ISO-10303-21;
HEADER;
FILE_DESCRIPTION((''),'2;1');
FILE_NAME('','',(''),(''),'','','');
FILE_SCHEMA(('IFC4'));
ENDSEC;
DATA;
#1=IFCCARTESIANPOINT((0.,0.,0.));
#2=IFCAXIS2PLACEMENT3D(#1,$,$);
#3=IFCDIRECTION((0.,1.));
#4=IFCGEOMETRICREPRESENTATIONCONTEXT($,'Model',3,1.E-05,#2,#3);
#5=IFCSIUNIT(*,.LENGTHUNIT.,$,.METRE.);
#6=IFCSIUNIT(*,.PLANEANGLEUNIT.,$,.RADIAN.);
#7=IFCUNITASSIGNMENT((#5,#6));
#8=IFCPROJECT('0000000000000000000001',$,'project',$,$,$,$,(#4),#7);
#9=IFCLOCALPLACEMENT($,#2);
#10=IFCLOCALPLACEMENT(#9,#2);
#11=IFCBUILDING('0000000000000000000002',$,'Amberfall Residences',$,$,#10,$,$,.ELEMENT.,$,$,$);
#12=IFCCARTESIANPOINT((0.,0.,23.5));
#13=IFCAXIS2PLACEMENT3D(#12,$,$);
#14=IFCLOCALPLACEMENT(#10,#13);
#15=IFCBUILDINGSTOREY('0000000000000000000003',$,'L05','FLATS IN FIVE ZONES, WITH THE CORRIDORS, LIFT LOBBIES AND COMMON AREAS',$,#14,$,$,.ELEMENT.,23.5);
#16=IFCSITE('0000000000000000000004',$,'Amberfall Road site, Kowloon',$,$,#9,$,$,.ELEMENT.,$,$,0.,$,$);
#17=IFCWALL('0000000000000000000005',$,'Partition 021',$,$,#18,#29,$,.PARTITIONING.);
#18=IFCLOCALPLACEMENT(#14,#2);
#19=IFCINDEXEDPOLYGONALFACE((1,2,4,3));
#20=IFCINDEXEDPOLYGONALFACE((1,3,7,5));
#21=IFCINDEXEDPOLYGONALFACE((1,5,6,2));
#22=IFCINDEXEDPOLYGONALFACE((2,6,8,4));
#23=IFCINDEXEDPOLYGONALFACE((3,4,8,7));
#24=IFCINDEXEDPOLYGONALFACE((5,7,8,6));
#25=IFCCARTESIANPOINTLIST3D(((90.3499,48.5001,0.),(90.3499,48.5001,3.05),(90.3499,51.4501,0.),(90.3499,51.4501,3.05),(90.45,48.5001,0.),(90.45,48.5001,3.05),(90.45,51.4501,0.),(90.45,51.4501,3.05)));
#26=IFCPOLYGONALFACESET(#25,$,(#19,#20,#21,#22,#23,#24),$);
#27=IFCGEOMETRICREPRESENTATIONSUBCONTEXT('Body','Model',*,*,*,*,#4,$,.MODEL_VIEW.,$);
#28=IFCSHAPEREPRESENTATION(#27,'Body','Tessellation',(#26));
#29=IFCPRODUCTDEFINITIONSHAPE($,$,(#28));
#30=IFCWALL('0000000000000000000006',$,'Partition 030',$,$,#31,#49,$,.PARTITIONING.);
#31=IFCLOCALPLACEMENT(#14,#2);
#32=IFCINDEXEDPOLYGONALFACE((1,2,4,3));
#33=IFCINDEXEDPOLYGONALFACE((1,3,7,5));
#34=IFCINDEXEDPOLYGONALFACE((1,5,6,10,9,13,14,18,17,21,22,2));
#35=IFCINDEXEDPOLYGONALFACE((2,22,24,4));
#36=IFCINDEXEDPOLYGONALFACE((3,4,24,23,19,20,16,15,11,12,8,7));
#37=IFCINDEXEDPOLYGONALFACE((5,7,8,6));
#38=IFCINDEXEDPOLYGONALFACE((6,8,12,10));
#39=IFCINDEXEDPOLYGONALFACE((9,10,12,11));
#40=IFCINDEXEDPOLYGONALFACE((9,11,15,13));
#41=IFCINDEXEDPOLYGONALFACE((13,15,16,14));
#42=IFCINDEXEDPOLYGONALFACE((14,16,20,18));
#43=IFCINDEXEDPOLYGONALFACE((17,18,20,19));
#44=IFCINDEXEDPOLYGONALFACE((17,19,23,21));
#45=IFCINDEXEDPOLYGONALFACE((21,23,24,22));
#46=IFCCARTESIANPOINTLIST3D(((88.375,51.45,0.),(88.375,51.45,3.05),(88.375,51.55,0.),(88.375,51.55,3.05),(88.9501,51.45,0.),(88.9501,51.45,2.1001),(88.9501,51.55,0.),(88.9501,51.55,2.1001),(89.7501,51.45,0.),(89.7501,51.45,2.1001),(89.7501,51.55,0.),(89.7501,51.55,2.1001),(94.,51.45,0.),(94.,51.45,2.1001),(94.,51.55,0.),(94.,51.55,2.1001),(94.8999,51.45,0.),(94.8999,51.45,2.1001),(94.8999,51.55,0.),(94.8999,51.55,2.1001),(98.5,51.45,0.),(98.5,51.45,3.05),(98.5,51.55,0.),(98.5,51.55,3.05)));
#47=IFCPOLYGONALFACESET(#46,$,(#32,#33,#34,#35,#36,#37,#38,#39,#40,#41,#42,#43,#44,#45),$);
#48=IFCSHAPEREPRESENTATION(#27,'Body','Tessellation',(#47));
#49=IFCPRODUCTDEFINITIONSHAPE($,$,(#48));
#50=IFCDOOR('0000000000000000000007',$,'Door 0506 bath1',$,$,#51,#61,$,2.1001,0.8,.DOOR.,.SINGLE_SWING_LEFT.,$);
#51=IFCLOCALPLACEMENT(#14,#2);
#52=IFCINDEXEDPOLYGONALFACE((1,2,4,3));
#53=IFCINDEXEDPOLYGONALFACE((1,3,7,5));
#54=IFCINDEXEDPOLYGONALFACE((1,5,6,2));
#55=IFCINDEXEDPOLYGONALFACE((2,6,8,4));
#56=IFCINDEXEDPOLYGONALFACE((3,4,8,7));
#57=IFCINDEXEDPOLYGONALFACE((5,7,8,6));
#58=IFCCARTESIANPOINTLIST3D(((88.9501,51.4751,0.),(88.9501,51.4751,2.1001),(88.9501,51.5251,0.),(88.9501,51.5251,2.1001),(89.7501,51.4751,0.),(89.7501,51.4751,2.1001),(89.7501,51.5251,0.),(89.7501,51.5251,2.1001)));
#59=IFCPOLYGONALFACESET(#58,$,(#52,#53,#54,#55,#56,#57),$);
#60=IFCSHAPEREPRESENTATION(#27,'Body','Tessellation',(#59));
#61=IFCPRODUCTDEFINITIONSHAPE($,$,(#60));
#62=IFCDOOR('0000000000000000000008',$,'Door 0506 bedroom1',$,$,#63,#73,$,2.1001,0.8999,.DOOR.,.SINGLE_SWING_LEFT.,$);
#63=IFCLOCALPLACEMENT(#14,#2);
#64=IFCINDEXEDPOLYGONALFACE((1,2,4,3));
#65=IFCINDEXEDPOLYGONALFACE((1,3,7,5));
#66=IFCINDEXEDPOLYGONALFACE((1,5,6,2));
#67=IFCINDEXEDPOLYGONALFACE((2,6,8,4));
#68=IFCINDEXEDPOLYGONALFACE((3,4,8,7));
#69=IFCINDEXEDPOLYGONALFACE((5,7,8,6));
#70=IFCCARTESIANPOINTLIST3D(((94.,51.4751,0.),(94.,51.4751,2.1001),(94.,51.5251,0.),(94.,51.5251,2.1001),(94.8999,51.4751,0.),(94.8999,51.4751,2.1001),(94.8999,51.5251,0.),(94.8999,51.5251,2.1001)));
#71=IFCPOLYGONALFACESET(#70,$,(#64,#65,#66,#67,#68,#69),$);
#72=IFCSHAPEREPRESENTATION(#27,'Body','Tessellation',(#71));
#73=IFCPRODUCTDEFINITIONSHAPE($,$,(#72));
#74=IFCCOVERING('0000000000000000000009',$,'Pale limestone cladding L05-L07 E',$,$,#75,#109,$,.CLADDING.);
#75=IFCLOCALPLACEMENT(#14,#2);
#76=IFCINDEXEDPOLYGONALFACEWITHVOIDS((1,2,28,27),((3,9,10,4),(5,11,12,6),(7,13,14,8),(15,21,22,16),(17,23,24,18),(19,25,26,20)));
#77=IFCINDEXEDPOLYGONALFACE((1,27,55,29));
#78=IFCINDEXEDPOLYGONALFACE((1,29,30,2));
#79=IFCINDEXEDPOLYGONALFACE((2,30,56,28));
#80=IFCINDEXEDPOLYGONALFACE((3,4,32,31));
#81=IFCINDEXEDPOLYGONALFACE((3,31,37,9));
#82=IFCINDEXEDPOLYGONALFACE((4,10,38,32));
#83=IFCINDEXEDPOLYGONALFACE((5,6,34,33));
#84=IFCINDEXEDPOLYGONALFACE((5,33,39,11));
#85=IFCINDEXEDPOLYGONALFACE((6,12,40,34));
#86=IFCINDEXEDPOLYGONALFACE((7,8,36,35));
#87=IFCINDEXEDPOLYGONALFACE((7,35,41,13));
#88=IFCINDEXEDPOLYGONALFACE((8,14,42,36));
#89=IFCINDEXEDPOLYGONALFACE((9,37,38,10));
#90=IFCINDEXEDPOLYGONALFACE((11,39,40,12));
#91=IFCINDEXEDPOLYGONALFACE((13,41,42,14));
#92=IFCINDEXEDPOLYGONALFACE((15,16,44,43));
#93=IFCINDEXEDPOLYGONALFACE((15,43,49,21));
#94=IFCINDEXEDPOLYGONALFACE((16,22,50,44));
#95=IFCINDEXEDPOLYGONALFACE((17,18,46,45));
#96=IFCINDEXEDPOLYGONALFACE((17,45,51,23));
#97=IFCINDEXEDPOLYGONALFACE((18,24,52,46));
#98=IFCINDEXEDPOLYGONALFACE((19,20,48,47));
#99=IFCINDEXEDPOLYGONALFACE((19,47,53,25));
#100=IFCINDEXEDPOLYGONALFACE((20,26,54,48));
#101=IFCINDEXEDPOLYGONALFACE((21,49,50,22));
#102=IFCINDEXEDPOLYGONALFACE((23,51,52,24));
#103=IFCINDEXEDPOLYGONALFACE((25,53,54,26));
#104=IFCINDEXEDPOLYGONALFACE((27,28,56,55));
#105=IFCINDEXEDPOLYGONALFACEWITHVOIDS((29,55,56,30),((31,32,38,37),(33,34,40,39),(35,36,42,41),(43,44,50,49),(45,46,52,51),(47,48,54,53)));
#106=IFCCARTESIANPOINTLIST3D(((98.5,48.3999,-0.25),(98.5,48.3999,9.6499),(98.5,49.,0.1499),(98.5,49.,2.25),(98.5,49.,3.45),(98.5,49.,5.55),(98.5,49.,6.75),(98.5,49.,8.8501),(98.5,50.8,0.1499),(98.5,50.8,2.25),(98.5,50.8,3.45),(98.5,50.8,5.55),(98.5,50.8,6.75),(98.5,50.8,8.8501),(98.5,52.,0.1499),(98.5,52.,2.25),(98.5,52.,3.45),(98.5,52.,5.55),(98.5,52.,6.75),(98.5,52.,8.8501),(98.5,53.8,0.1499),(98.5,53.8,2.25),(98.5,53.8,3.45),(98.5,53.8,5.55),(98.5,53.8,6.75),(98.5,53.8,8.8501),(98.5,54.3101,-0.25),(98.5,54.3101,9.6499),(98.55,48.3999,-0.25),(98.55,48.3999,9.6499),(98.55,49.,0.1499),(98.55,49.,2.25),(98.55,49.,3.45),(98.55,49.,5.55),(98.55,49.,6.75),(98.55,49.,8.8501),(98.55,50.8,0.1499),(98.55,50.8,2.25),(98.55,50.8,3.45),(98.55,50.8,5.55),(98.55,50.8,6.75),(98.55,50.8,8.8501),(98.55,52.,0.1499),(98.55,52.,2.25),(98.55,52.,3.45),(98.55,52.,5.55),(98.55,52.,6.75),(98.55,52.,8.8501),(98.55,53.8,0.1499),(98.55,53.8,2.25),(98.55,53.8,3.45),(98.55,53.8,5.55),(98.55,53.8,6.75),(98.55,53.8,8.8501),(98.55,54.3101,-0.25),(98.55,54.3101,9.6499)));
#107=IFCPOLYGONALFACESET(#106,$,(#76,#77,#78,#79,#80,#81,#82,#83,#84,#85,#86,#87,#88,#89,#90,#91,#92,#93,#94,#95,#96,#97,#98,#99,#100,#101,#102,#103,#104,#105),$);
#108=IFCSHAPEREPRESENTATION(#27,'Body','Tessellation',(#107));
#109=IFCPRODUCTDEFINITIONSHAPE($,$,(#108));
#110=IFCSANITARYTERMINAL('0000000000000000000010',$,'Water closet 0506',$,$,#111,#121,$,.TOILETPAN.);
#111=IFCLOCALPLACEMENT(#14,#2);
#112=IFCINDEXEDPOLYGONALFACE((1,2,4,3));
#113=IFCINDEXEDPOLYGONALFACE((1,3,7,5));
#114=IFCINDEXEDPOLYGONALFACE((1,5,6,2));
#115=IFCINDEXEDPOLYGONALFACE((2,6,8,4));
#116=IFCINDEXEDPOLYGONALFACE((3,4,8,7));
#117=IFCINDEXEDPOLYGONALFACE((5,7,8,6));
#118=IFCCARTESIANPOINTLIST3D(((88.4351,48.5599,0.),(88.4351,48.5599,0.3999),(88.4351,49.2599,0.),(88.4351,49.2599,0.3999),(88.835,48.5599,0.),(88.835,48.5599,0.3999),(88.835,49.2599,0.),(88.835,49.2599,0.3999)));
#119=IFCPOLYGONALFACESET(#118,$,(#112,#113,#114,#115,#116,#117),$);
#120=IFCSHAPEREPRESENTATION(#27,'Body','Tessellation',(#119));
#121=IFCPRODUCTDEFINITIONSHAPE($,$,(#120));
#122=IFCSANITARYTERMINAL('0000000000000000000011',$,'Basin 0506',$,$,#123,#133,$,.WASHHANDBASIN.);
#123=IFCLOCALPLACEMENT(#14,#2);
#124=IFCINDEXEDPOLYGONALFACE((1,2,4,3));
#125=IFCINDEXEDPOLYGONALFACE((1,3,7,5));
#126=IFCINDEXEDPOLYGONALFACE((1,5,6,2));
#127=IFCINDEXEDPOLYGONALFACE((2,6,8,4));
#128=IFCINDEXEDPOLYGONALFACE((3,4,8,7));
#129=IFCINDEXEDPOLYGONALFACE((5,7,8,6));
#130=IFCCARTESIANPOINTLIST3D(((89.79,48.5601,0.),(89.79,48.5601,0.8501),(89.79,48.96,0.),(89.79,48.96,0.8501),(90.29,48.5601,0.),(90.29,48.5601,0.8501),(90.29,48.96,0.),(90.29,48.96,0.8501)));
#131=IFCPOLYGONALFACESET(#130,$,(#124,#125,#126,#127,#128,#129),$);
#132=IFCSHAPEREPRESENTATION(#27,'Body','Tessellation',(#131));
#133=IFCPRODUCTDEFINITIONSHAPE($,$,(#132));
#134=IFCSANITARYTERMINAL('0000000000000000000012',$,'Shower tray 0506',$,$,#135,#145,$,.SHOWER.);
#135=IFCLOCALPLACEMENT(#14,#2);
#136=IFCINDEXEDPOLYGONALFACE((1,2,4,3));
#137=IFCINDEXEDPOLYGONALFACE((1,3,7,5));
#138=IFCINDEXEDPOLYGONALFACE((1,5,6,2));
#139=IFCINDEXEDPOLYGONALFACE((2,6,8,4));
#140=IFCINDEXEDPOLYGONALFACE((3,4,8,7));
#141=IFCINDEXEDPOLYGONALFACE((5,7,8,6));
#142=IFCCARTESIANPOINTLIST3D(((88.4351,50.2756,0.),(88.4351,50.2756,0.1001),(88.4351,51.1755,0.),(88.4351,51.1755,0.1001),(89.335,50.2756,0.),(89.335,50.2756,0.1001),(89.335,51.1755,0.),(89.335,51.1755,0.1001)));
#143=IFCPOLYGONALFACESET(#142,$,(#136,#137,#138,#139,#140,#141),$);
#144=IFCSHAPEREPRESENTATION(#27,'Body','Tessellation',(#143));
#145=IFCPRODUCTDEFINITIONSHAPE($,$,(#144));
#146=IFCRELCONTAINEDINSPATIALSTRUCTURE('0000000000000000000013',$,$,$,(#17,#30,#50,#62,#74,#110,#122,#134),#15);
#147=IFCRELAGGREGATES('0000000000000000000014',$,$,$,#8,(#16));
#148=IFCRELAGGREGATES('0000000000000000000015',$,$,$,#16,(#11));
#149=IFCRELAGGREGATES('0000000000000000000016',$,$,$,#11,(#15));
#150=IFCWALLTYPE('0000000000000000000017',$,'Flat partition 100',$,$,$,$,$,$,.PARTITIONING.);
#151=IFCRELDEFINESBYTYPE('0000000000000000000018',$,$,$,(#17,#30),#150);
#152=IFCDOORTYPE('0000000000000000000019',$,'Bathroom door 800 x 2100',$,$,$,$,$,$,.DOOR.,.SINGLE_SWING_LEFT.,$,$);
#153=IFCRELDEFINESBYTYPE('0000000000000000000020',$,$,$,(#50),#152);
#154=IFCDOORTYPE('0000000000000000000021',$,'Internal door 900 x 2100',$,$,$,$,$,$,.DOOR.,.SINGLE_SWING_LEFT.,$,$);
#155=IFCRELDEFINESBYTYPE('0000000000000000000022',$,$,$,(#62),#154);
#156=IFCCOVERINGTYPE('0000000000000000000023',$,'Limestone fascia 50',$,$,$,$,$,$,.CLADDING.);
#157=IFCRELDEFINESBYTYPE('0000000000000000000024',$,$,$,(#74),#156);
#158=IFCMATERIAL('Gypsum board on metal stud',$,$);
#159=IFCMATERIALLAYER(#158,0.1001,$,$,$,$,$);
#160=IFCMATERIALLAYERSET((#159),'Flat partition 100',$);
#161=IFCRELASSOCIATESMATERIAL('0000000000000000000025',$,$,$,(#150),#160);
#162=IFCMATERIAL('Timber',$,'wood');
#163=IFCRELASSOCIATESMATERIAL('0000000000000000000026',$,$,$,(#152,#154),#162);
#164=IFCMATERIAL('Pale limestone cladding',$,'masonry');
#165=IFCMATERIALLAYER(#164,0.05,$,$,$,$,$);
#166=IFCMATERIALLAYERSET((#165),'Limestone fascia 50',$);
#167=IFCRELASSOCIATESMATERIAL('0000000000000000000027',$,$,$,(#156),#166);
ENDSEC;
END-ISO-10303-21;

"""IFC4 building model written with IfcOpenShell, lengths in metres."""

from ifc_helpers import new_model, si_unit, direction, frame, frame_2d, origin, origin_2d, place, context, subcontext, project, spatial, polyline, rectangle, outline, extrude, material, layer, layer_set, type_object, element, fill, save


model = new_model("IFC4")

# Units and contexts
model_context = context("Model", 3, precision=1e-05, world=origin(), true_north=direction((0.0, 1.0)))
body_context = subcontext(model_context, "Body", "Model", "MODEL_VIEW")
ifc_project = project(units=[si_unit("LENGTHUNIT", "METRE"), si_unit("PLANEANGLEUNIT", "RADIAN")], contexts=[model_context])

# Site, building, storey
site_placement = place(None, origin())
site = spatial("IfcSite", under=ifc_project, at=site_placement, Name="Amberfall Road site, Kowloon", CompositionType="ELEMENT", RefElevation=0.0)
building_placement = place(site_placement, origin())
building = spatial("IfcBuilding", under=site, at=building_placement, Name="Amberfall Residences", CompositionType="ELEMENT")
storey_placement = place(building_placement, frame((0.0, 0.0, 23.5)))
storey = spatial("IfcBuildingStorey", under=building, at=storey_placement, Name="L05", Description="FLATS IN FIVE ZONES, WITH THE CORRIDORS, LIFT LOBBIES AND COMMON AREAS", CompositionType="ELEMENT", Elevation=23.5)

# Wall
ifc_material_1 = material(Name="Gypsum board on metal stud")
ifc_layer_1 = layer(ifc_material_1, 0.1001)
ifc_layer_set_1 = layer_set([ifc_layer_1], Name="Flat partition 100")
wall_type_1 = type_object("IfcWallType", Name="Flat partition 100", PredefinedType="PARTITIONING", material=ifc_layer_set_1)
wall_1_placement = place(storey_placement, frame((90.3999, 48.5, 0.0), z_axis=(0.0, 0.0, 1.0), x_axis=(0.0, 1.0, 0.0)))
element("IfcWall", 1, at=wall_1_placement, inside=storey, type_object=wall_type_1, Name="Partition 021", PredefinedType="PARTITIONING", context=body_context, shape_type="SweptSolid", body=[
    extrude(rectangle(XDim=2.95, YDim=0.1001, at=frame_2d((1.4751, 0.0))), origin(), (0.0, 0.0, 1.0), 3.05),
])

# Wall, openings, doors
wall_2_placement = place(storey_placement, frame((98.5, 51.5, 0.0), z_axis=(0.0, 0.0, 1.0), x_axis=(-1.0, 0.0, 0.0)))
wall_2 = element("IfcWall", 2, at=wall_2_placement, inside=storey, type_object=wall_type_1, Name="Partition 030", PredefinedType="PARTITIONING", context=body_context, shape_type="SweptSolid", body=[
    extrude(rectangle(XDim=10.125, YDim=0.1001, at=frame_2d((5.0625, 0.0))), origin(), (0.0, 0.0, 1.0), 3.05),
])
opening_1_placement = place(wall_2_placement, frame((3.6001, 0.0, 0.0)))
opening_1 = element("IfcOpeningElement", 3, at=opening_1_placement, cuts=wall_2, PredefinedType="OPENING", context=body_context, shape_type="SweptSolid", body=[
    extrude(rectangle(XDim=0.8999, YDim=2.1001, at=frame_2d((0.45, 1.05))), frame((0.0, 0.0601, 0.0), z_axis=(0.0, -1.0, 0.0), x_axis=(1.0, 0.0, 0.0)), (0.0, 0.0, 1.0), 0.1201),
])
opening_2_placement = place(wall_2_placement, frame((8.75, 0.0, 0.0)))
opening_2 = element("IfcOpeningElement", 4, at=opening_2_placement, cuts=wall_2, PredefinedType="OPENING", context=body_context, shape_type="SweptSolid", body=[
    extrude(rectangle(XDim=0.8, YDim=2.1001, at=frame_2d((0.3999, 1.05))), frame((0.0, 0.0601, 0.0), z_axis=(0.0, -1.0, 0.0), x_axis=(1.0, 0.0, 0.0)), (0.0, 0.0, 1.0), 0.1201),
])
ifc_material_2 = material(Name="Timber", Category="wood")
door_type_1 = type_object("IfcDoorType", Name="Bathroom door 800 x 2100", OperationType="SINGLE_SWING_LEFT", PredefinedType="DOOR", material=ifc_material_2)
door_1_placement = place(opening_2_placement, origin())
door_1 = element("IfcDoor", 5, at=door_1_placement, inside=storey, type_object=door_type_1, Name="Door 0506 bath1", OperationType="SINGLE_SWING_LEFT", OverallHeight=2.1001, OverallWidth=0.8, PredefinedType="DOOR", context=body_context, shape_type="SweptSolid", body=[
    extrude(rectangle(XDim=0.8, YDim=2.1001, at=frame_2d((0.3999, 1.05))), frame((0.0, 0.0249, 0.0), z_axis=(0.0, -1.0, 0.0), x_axis=(1.0, 0.0, 0.0)), (0.0, 0.0, 1.0), 0.05),
])
fill(opening_2, door_1)
door_type_2 = type_object("IfcDoorType", Name="Internal door 900 x 2100", OperationType="SINGLE_SWING_LEFT", PredefinedType="DOOR", material=ifc_material_2)
door_2_placement = place(opening_1_placement, origin())
door_2 = element("IfcDoor", 6, at=door_2_placement, inside=storey, type_object=door_type_2, Name="Door 0506 bedroom1", OperationType="SINGLE_SWING_LEFT", OverallHeight=2.1001, OverallWidth=0.8999, PredefinedType="DOOR", context=body_context, shape_type="SweptSolid", body=[
    extrude(rectangle(XDim=0.8999, YDim=2.1001, at=frame_2d((0.45, 1.05))), frame((0.0, 0.0249, 0.0), z_axis=(0.0, -1.0, 0.0), x_axis=(1.0, 0.0, 0.0)), (0.0, 0.0, 1.0), 0.05),
])
fill(opening_1, door_2)

# Covering
ifc_material_3 = material(Name="Pale limestone cladding", Category="masonry")
ifc_layer_2 = layer(ifc_material_3, 0.05)
ifc_layer_set_2 = layer_set([ifc_layer_2], Name="Limestone fascia 50")
covering_type = type_object("IfcCoveringType", Name="Limestone fascia 50", PredefinedType="CLADDING", material=ifc_layer_set_2)
covering_placement = place(storey_placement, frame((98.5, 48.3999, 9.6499), z_axis=(-1.0, 0.0, 0.0), x_axis=(0.0, 1.0, 0.0)))
element("IfcCovering", 7, at=covering_placement, inside=storey, type_object=covering_type, Name="Pale limestone cladding L05-L07 E", PredefinedType="CLADDING", context=body_context, shape_type="SweptSolid", body=[
    extrude(outline(polyline([(0.0, 0.0), (5.9102, 0.0), (5.9102, 9.8999), (0.0, 9.8999), (0.0, 0.0)]), holes=[polyline([(0.6001, 7.3999), (2.4001, 7.3999), (2.4001, 9.5), (0.6001, 9.5), (0.6001, 7.3999)]), polyline([(3.6001, 7.3999), (5.4001, 7.3999), (5.4001, 9.5), (3.6001, 9.5), (3.6001, 7.3999)]), polyline([(0.6001, 4.0999), (2.4001, 4.0999), (2.4001, 6.2), (0.6001, 6.2), (0.6001, 4.0999)]), polyline([(3.6001, 4.0999), (5.4001, 4.0999), (5.4001, 6.2), (3.6001, 6.2), (3.6001, 4.0999)]), polyline([(0.6001, 0.7998), (2.4001, 0.7998), (2.4001, 2.8999), (0.6001, 2.8999), (0.6001, 0.7998)]), polyline([(3.6001, 0.7998), (5.4001, 0.7998), (5.4001, 2.8999), (3.6001, 2.8999), (3.6001, 0.7998)])]), origin(), (0.0, 0.0, -1.0), 0.05),
])

# Sanitary terminals
sanitary_terminal_1_placement = place(storey_placement, frame((88.635, 48.9099, 0.0), z_axis=(0.0, 0.0, 1.0), x_axis=(1.0, 0.0, 0.0)))
element("IfcSanitaryTerminal", 8, at=sanitary_terminal_1_placement, inside=storey, Name="Water closet 0506", PredefinedType="TOILETPAN", context=body_context, shape_type="SweptSolid", body=[
    extrude(rectangle(XDim=0.3999, YDim=0.7, at=origin_2d()), origin(), (0.0, 0.0, 1.0), 0.3999),
])
sanitary_terminal_2_placement = place(storey_placement, frame((90.04, 48.76, 0.0), z_axis=(0.0, 0.0, 1.0), x_axis=(1.0, 0.0, 0.0)))
element("IfcSanitaryTerminal", 9, at=sanitary_terminal_2_placement, inside=storey, Name="Basin 0506", PredefinedType="WASHHANDBASIN", context=body_context, shape_type="SweptSolid", body=[
    extrude(rectangle(XDim=0.5, YDim=0.3999, at=origin_2d()), origin(), (0.0, 0.0, 1.0), 0.8501),
])
sanitary_terminal_3_placement = place(storey_placement, frame((88.885, 50.7256, 0.0), z_axis=(0.0, 0.0, 1.0), x_axis=(1.0, 0.0, 0.0)))
element("IfcSanitaryTerminal", 10, at=sanitary_terminal_3_placement, inside=storey, Name="Shower tray 0506", PredefinedType="SHOWER", context=body_context, shape_type="SweptSolid", body=[
    extrude(rectangle(XDim=0.8999, YDim=0.8999, at=origin_2d()), origin(), (0.0, 0.0, 1.0), 0.1001),
])

save(model, "model.ifc")
